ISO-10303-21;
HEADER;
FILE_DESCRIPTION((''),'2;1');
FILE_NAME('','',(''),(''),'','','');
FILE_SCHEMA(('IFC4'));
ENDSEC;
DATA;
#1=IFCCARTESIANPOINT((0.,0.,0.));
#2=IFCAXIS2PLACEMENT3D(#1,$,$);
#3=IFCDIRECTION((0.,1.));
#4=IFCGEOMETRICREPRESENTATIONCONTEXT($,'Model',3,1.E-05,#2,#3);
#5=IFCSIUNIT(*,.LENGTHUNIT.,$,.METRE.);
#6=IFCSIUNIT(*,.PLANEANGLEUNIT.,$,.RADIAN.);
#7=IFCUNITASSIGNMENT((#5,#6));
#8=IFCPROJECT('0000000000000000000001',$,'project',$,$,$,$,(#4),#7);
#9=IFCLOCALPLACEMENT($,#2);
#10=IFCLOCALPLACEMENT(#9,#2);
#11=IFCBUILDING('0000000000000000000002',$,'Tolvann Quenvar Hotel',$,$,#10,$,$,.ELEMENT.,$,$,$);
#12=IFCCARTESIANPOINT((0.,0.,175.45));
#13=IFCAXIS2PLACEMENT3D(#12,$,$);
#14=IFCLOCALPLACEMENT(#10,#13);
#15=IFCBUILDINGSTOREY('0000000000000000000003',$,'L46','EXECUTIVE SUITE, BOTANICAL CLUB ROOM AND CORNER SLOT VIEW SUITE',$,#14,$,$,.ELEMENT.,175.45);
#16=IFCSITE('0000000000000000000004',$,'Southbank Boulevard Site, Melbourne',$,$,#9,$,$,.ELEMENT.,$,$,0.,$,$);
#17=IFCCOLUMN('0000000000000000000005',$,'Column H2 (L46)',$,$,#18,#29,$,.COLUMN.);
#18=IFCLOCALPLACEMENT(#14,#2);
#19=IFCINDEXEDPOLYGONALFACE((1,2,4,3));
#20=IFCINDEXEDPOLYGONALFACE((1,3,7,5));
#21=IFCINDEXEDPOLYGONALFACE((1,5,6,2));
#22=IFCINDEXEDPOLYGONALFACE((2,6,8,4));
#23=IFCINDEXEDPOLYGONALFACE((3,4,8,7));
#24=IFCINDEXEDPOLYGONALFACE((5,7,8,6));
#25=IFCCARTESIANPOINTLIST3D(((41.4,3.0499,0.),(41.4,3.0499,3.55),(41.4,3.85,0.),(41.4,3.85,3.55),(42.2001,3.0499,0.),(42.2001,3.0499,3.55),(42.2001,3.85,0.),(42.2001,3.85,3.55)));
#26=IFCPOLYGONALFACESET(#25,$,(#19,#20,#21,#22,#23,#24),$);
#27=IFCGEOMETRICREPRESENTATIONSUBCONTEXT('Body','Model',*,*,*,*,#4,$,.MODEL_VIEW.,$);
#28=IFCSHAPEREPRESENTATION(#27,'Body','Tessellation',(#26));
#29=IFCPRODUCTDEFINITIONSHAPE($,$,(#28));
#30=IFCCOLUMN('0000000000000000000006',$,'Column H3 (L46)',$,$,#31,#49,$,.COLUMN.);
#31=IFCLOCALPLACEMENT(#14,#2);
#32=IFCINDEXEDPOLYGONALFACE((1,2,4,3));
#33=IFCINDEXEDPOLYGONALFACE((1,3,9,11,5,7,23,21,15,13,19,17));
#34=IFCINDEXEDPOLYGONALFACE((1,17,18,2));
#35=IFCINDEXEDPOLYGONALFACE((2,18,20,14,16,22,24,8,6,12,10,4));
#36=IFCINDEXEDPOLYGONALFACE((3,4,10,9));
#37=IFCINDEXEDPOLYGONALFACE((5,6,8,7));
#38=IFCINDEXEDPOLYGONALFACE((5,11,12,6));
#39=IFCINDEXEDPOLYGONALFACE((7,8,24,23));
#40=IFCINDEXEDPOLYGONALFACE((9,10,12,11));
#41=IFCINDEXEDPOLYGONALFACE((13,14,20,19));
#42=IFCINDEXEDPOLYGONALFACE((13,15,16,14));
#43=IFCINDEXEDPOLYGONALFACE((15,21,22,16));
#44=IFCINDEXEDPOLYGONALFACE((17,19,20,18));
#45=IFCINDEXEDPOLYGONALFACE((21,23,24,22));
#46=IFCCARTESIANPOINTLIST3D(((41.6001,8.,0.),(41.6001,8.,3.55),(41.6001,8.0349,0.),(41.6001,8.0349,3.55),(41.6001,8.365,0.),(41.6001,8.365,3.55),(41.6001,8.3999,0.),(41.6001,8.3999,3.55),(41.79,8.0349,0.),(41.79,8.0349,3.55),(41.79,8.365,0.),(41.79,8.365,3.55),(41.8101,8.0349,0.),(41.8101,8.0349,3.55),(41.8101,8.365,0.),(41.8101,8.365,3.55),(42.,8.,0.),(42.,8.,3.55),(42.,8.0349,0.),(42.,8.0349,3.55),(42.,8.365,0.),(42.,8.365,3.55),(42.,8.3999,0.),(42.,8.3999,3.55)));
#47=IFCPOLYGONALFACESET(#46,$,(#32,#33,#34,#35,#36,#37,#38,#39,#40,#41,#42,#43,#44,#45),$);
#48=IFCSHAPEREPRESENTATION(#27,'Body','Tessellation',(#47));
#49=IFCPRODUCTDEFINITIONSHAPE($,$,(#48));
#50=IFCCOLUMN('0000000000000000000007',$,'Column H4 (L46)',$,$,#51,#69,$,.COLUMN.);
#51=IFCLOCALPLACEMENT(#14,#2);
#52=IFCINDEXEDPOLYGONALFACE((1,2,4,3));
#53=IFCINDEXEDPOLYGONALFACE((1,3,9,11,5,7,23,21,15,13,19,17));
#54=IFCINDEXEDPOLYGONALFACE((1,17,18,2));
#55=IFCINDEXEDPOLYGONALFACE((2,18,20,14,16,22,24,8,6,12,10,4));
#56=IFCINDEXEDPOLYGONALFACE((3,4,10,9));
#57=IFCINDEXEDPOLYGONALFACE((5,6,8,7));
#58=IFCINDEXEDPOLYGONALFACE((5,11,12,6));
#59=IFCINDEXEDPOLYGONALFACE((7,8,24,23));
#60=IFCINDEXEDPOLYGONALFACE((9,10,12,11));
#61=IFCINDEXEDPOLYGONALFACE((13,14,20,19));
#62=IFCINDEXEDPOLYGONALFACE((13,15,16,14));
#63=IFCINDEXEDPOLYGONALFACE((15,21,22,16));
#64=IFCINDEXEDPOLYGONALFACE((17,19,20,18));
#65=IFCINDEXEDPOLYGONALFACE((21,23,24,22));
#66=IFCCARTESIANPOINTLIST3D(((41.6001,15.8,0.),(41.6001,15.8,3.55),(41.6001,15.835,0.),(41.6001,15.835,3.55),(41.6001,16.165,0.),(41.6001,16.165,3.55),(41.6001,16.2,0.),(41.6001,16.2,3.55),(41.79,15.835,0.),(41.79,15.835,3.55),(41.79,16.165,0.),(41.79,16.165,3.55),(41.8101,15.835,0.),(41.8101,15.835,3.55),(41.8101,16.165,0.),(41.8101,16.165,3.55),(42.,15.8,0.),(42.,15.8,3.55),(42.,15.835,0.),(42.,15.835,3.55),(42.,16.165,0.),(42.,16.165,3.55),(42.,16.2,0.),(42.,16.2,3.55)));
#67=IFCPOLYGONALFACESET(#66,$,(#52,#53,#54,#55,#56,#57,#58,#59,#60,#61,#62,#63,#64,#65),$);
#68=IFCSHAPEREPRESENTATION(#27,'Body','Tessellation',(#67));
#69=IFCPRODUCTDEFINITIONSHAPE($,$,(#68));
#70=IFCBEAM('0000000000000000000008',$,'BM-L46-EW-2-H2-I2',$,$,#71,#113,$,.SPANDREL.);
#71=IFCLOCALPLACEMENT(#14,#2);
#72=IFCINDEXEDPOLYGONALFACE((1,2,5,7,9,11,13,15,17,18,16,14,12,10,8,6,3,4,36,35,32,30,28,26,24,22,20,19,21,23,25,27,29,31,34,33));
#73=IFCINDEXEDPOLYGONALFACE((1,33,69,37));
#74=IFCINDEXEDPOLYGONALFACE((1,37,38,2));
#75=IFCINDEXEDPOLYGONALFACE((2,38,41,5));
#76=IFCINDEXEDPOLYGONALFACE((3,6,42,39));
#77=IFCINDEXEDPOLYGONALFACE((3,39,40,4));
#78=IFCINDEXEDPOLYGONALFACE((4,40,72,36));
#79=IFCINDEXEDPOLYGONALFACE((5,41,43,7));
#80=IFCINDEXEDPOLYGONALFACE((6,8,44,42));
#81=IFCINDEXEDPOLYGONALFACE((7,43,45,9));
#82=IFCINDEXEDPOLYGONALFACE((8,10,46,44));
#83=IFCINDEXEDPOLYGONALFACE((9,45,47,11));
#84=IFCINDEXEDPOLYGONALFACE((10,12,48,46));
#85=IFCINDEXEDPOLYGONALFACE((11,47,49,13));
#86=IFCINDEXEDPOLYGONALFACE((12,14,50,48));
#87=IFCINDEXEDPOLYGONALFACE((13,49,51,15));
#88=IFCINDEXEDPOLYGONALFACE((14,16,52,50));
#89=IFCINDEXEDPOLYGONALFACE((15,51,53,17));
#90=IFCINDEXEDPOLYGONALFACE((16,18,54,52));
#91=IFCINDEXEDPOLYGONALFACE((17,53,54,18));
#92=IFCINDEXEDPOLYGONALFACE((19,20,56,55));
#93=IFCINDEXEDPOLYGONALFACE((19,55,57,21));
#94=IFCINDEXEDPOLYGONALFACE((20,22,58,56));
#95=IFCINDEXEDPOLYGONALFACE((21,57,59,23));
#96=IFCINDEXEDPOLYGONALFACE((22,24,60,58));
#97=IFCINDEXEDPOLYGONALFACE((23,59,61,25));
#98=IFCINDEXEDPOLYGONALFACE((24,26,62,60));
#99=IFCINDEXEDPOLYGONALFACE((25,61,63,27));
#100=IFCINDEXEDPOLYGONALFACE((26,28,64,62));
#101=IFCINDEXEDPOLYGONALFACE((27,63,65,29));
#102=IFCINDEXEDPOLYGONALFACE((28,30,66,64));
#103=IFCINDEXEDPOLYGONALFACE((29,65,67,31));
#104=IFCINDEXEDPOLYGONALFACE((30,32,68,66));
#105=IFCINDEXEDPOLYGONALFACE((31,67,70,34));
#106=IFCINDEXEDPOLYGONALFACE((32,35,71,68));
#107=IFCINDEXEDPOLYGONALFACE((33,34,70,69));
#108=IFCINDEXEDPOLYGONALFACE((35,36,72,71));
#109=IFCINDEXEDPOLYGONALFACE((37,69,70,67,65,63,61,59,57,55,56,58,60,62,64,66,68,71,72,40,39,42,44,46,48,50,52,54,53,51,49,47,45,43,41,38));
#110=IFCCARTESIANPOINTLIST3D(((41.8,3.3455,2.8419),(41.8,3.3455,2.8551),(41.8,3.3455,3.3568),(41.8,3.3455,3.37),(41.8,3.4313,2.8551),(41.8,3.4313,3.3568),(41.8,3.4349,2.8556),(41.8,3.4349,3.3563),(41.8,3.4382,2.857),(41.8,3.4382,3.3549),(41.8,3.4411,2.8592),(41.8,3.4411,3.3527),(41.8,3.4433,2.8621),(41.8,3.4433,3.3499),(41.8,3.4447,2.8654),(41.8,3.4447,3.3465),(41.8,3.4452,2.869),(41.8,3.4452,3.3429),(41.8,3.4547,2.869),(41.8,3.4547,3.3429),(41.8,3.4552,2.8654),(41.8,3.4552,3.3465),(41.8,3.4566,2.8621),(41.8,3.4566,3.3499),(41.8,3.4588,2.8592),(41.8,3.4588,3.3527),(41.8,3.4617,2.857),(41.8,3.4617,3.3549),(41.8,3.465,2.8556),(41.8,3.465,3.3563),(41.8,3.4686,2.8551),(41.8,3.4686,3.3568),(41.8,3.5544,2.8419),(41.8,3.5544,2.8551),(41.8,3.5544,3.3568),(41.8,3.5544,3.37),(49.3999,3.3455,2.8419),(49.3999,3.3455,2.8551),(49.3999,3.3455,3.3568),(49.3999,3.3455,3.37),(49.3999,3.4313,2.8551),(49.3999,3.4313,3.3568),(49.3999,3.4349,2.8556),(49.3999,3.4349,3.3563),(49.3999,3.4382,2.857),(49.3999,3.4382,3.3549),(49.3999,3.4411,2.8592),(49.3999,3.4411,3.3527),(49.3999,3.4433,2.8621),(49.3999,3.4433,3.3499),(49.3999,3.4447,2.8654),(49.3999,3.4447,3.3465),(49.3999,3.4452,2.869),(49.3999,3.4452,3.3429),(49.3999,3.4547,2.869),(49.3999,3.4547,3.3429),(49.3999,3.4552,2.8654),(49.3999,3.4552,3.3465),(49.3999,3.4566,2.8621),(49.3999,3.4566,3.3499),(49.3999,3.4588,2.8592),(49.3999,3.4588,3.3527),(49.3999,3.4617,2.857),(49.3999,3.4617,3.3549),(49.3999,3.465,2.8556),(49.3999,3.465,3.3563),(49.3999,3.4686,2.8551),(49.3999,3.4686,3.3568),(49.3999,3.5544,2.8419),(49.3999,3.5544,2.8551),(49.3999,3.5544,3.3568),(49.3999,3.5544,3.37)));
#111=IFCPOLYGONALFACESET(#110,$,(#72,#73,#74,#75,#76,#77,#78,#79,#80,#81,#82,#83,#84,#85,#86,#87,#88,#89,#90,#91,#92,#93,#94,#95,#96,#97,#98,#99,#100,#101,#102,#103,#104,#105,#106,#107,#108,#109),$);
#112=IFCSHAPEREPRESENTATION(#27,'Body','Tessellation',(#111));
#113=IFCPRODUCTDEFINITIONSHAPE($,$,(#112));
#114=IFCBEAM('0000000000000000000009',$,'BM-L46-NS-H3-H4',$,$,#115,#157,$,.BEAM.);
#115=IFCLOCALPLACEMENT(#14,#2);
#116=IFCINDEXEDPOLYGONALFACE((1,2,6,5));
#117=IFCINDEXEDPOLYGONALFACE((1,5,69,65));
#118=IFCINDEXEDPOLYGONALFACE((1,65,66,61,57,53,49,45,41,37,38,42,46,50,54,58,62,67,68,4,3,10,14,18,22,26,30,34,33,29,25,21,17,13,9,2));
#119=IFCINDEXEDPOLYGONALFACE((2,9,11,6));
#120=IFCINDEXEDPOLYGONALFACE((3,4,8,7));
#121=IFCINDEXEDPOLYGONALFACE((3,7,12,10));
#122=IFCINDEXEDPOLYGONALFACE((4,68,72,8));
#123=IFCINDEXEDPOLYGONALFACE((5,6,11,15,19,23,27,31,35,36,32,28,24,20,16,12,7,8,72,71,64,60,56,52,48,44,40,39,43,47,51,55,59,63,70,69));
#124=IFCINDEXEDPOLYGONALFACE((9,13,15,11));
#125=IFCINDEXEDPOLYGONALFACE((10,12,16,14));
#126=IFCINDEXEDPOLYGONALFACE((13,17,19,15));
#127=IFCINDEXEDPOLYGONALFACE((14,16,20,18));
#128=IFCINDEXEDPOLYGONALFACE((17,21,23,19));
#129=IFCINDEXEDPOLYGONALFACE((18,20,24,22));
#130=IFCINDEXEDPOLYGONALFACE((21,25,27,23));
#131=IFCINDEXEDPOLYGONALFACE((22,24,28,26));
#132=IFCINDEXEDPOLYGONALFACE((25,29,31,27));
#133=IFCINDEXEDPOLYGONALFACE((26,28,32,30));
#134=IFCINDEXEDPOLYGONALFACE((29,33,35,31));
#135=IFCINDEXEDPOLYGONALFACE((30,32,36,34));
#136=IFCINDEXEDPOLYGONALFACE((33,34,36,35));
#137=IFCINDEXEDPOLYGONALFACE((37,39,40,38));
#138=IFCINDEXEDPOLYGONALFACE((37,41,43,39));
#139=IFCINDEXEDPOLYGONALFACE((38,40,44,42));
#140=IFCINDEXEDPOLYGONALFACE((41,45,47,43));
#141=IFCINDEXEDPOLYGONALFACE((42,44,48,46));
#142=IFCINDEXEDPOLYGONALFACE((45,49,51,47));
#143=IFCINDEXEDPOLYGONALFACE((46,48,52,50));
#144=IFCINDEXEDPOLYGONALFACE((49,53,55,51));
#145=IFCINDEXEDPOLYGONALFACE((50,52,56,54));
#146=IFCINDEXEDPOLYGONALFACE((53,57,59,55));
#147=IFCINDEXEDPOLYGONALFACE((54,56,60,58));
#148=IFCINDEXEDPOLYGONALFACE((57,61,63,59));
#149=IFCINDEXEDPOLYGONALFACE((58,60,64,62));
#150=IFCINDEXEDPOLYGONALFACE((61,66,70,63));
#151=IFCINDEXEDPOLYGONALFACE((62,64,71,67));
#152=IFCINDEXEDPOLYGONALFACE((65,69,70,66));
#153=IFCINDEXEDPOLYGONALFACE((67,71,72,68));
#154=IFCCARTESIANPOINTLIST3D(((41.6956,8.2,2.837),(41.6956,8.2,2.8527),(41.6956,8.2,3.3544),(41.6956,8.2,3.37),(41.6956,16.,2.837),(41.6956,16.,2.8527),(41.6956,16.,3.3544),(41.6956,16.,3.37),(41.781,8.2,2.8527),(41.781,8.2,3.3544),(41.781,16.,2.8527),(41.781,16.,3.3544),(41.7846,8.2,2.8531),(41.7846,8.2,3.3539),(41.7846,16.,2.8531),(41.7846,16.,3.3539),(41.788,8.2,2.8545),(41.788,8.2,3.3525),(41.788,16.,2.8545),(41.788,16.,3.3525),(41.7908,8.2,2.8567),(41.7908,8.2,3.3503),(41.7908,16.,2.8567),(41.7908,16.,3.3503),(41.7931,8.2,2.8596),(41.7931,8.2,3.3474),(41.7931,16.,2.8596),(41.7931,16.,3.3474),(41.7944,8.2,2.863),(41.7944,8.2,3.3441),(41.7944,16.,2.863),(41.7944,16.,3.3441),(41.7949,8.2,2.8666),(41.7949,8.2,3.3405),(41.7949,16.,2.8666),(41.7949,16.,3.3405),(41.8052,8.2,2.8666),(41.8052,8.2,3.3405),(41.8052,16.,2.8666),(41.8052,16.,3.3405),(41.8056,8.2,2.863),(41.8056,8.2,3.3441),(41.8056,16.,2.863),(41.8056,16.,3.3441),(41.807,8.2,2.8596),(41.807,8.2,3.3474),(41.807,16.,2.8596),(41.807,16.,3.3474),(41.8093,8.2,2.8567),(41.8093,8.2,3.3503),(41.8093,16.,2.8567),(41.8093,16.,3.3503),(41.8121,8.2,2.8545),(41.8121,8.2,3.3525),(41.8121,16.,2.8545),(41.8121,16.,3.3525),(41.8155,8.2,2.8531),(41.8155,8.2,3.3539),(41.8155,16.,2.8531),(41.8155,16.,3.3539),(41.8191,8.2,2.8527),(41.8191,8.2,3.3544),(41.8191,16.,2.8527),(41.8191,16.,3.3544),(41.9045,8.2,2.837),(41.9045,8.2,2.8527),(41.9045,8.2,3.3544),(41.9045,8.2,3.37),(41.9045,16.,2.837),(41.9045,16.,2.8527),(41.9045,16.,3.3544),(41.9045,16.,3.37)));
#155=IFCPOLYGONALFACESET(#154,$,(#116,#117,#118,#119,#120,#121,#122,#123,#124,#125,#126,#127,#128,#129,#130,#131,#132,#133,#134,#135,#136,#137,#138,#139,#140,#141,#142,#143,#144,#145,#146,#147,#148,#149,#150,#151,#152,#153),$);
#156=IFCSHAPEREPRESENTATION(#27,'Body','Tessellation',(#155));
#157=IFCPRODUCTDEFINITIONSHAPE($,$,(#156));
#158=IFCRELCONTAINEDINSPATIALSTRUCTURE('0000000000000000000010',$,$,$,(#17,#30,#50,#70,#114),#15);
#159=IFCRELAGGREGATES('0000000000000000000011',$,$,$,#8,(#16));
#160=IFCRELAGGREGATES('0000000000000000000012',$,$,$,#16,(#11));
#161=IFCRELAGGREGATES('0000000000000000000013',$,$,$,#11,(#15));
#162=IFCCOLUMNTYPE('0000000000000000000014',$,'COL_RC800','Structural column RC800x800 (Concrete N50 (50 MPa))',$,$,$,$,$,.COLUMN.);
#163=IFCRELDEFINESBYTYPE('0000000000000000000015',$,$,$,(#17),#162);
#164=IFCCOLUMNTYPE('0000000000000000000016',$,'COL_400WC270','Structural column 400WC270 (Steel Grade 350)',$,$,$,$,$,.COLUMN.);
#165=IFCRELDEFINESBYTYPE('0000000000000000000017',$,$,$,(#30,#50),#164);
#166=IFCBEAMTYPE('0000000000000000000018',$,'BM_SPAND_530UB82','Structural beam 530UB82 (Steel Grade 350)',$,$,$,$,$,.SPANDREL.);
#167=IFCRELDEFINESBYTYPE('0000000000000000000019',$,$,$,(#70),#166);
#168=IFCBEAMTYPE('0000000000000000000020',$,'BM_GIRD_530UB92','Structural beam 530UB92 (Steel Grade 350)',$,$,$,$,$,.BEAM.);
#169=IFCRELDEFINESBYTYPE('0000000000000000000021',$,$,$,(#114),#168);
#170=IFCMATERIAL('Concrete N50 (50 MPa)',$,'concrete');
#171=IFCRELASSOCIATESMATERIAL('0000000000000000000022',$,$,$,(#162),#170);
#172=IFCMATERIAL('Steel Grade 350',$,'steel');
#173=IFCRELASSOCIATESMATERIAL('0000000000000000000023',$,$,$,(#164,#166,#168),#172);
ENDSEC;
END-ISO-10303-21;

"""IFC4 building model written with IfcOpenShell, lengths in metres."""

from ifc_helpers import new_model, si_unit, direction, frame, origin, origin_2d, place, context, subcontext, project, spatial, rectangle, i_section, extrude, source, transform, mapped, material, material_profile, profile_set, type_object, type_shapes, element, save


model = new_model("IFC4")

# Units and contexts
model_context = context("Model", 3, precision=1e-05, world=origin(), true_north=direction((0.0, 1.0)))
body_context = subcontext(model_context, "Body", "Model", "MODEL_VIEW")
ifc_project = project(units=[si_unit("LENGTHUNIT", "METRE"), si_unit("PLANEANGLEUNIT", "RADIAN")], contexts=[model_context])

# Site, building, storey
site_placement = place(None, origin())
site = spatial("IfcSite", under=ifc_project, at=site_placement, Name="Southbank Boulevard Site, Melbourne", CompositionType="ELEMENT", RefElevation=0.0)
building_placement = place(site_placement, origin())
building = spatial("IfcBuilding", under=site, at=building_placement, Name="Tolvann Quenvar Hotel", CompositionType="ELEMENT")
storey_placement = place(building_placement, frame((0.0, 0.0, 175.45)))
storey = spatial("IfcBuildingStorey", under=building, at=storey_placement, Name="L46", Description="EXECUTIVE SUITE, BOTANICAL CLUB ROOM AND CORNER SLOT VIEW SUITE", CompositionType="ELEMENT", Elevation=175.45)

# Columns
ifc_material_1 = material(Name="Concrete N50 (50 MPa)", Category="concrete")
ifc_material_profile_1 = material_profile(ifc_material_1, rectangle(XDim=0.8, YDim=0.8, at=origin_2d()), Name="RC800x800")
ifc_profile_set_1 = profile_set([ifc_material_profile_1], Name="Concrete N50 (50 MPa)")
column_type_1 = type_object("IfcColumnType", Name="COL_RC800", Description="Structural column RC800x800 (Concrete N50 (50 MPa))", PredefinedType="COLUMN", material=ifc_profile_set_1)
shared_shape_1 = source(origin(), body_context, "Body", "SweptSolid", [
    extrude(rectangle(XDim=0.8, YDim=0.8, at=origin_2d()), origin(), (0.0, 0.0, 1.0), 3.55),
])
type_shapes(column_type_1, [shared_shape_1])
column_placement = place(storey_placement, frame((41.8, 3.45, 0.0), z_axis=(0.0, 0.0, 1.0), x_axis=(1.0, 0.0, 0.0)))
element("IfcColumn", 1, at=column_placement, inside=storey, type_object=column_type_1, Name="Column H2 (L46)", PredefinedType="COLUMN", context=body_context, shape_type="MappedRepresentation", body=[
    mapped(shared_shape_1, transform((0.0, 0.0, 0.0), x_axis=(1.0, 0.0, 0.0), y_axis=(0.0, 1.0, 0.0), z_axis=(0.0, 0.0, 1.0), scale=1.0)),
])
ifc_material_2 = material(Name="Steel Grade 350", Category="steel")
ifc_material_profile_2 = material_profile(ifc_material_2, i_section(OverallWidth=0.3999, OverallDepth=0.3999, WebThickness=0.02, FlangeThickness=0.0349, at=origin_2d()), Name="400WC270")
ifc_profile_set_2 = profile_set([ifc_material_profile_2], Name="Steel Grade 350")
column_type_2 = type_object("IfcColumnType", Name="COL_400WC270", Description="Structural column 400WC270 (Steel Grade 350)", PredefinedType="COLUMN", material=ifc_profile_set_2)
shared_shape_2 = source(origin(), body_context, "Body", "SweptSolid", [
    extrude(i_section(OverallWidth=0.3999, OverallDepth=0.3999, WebThickness=0.02, FlangeThickness=0.0349, at=origin_2d()), origin(), (0.0, 0.0, 1.0), 3.55),
])
type_shapes(column_type_2, [shared_shape_2])
for number, where, z_axis, x_axis, name in (
    (2, (41.8, 8.2, 0.0), (0.0, 0.0, 1.0), (1.0, 0.0, 0.0), "Column H3 (L46)"),
    (3, (41.8, 16.0, 0.0), (0.0, 0.0, 1.0), (1.0, 0.0, 0.0), "Column H4 (L46)"),
):
    element("IfcColumn", number, at=place(storey_placement, frame(where, z_axis=z_axis, x_axis=x_axis)), inside=storey, type_object=column_type_2, Name=name, PredefinedType="COLUMN", context=body_context, shape_type="MappedRepresentation", body=[
        mapped(shared_shape_2, transform((0.0, 0.0, 0.0), x_axis=(1.0, 0.0, 0.0), y_axis=(0.0, 1.0, 0.0), z_axis=(0.0, 0.0, 1.0), scale=1.0)),
    ])

# Beams
ifc_material_profile_3 = material_profile(ifc_material_2, i_section(OverallWidth=0.209, OverallDepth=0.5281, WebThickness=0.0095, FlangeThickness=0.0132, FilletRadius=0.0139, at=origin_2d()), Name="530UB82")
ifc_profile_set_3 = profile_set([ifc_material_profile_3], Name="Steel Grade 350")
beam_type_1 = type_object("IfcBeamType", Name="BM_SPAND_530UB82", Description="Structural beam 530UB82 (Steel Grade 350)", PredefinedType="SPANDREL", material=ifc_profile_set_3)
shared_shape_3 = source(origin(), body_context, "Body", "SweptSolid", [
    extrude(i_section(OverallWidth=0.209, OverallDepth=0.5281, WebThickness=0.0095, FlangeThickness=0.0132, FilletRadius=0.0139, at=origin_2d()), origin(), (0.0, 0.0, 1.0), 7.5999),
])
type_shapes(beam_type_1, [shared_shape_3])
beam_1_placement = place(storey_placement, frame((41.8, 3.45, 3.106), z_axis=(1.0, 0.0, 0.0), x_axis=(0.0, 1.0, 0.0)))
element("IfcBeam", 4, at=beam_1_placement, inside=storey, type_object=beam_type_1, Name="BM-L46-EW-2-H2-I2", PredefinedType="SPANDREL", context=body_context, shape_type="MappedRepresentation", body=[
    mapped(shared_shape_3, transform((0.0, 0.0, 0.0), x_axis=(1.0, 0.0, 0.0), y_axis=(0.0, 1.0, 0.0), z_axis=(0.0, 0.0, 1.0), scale=1.0)),
])
ifc_material_profile_4 = material_profile(ifc_material_2, i_section(OverallWidth=0.209, OverallDepth=0.533, WebThickness=0.0103, FlangeThickness=0.0156, FilletRadius=0.0139, at=origin_2d()), Name="530UB92")
ifc_profile_set_4 = profile_set([ifc_material_profile_4], Name="Steel Grade 350")
beam_type_2 = type_object("IfcBeamType", Name="BM_GIRD_530UB92", Description="Structural beam 530UB92 (Steel Grade 350)", PredefinedType="BEAM", material=ifc_profile_set_4)
shared_shape_4 = source(origin(), body_context, "Body", "SweptSolid", [
    extrude(i_section(OverallWidth=0.209, OverallDepth=0.533, WebThickness=0.0103, FlangeThickness=0.0156, FilletRadius=0.0139, at=origin_2d()), origin(), (0.0, 0.0, 1.0), 7.8),
])
beam_2_placement = place(storey_placement, frame((41.8, 8.2, 3.1035), z_axis=(0.0, 1.0, 0.0), x_axis=(-1.0, 0.0, 0.0)))
element("IfcBeam", 5, at=beam_2_placement, inside=storey, type_object=beam_type_2, Name="BM-L46-NS-H3-H4", PredefinedType="BEAM", context=body_context, shape_type="MappedRepresentation", body=[
    mapped(shared_shape_4, transform((0.0, 0.0, 0.0), x_axis=(1.0, 0.0, 0.0), y_axis=(0.0, 1.0, 0.0), z_axis=(0.0, 0.0, 1.0), scale=1.0)),
])

save(model, "model.ifc")
